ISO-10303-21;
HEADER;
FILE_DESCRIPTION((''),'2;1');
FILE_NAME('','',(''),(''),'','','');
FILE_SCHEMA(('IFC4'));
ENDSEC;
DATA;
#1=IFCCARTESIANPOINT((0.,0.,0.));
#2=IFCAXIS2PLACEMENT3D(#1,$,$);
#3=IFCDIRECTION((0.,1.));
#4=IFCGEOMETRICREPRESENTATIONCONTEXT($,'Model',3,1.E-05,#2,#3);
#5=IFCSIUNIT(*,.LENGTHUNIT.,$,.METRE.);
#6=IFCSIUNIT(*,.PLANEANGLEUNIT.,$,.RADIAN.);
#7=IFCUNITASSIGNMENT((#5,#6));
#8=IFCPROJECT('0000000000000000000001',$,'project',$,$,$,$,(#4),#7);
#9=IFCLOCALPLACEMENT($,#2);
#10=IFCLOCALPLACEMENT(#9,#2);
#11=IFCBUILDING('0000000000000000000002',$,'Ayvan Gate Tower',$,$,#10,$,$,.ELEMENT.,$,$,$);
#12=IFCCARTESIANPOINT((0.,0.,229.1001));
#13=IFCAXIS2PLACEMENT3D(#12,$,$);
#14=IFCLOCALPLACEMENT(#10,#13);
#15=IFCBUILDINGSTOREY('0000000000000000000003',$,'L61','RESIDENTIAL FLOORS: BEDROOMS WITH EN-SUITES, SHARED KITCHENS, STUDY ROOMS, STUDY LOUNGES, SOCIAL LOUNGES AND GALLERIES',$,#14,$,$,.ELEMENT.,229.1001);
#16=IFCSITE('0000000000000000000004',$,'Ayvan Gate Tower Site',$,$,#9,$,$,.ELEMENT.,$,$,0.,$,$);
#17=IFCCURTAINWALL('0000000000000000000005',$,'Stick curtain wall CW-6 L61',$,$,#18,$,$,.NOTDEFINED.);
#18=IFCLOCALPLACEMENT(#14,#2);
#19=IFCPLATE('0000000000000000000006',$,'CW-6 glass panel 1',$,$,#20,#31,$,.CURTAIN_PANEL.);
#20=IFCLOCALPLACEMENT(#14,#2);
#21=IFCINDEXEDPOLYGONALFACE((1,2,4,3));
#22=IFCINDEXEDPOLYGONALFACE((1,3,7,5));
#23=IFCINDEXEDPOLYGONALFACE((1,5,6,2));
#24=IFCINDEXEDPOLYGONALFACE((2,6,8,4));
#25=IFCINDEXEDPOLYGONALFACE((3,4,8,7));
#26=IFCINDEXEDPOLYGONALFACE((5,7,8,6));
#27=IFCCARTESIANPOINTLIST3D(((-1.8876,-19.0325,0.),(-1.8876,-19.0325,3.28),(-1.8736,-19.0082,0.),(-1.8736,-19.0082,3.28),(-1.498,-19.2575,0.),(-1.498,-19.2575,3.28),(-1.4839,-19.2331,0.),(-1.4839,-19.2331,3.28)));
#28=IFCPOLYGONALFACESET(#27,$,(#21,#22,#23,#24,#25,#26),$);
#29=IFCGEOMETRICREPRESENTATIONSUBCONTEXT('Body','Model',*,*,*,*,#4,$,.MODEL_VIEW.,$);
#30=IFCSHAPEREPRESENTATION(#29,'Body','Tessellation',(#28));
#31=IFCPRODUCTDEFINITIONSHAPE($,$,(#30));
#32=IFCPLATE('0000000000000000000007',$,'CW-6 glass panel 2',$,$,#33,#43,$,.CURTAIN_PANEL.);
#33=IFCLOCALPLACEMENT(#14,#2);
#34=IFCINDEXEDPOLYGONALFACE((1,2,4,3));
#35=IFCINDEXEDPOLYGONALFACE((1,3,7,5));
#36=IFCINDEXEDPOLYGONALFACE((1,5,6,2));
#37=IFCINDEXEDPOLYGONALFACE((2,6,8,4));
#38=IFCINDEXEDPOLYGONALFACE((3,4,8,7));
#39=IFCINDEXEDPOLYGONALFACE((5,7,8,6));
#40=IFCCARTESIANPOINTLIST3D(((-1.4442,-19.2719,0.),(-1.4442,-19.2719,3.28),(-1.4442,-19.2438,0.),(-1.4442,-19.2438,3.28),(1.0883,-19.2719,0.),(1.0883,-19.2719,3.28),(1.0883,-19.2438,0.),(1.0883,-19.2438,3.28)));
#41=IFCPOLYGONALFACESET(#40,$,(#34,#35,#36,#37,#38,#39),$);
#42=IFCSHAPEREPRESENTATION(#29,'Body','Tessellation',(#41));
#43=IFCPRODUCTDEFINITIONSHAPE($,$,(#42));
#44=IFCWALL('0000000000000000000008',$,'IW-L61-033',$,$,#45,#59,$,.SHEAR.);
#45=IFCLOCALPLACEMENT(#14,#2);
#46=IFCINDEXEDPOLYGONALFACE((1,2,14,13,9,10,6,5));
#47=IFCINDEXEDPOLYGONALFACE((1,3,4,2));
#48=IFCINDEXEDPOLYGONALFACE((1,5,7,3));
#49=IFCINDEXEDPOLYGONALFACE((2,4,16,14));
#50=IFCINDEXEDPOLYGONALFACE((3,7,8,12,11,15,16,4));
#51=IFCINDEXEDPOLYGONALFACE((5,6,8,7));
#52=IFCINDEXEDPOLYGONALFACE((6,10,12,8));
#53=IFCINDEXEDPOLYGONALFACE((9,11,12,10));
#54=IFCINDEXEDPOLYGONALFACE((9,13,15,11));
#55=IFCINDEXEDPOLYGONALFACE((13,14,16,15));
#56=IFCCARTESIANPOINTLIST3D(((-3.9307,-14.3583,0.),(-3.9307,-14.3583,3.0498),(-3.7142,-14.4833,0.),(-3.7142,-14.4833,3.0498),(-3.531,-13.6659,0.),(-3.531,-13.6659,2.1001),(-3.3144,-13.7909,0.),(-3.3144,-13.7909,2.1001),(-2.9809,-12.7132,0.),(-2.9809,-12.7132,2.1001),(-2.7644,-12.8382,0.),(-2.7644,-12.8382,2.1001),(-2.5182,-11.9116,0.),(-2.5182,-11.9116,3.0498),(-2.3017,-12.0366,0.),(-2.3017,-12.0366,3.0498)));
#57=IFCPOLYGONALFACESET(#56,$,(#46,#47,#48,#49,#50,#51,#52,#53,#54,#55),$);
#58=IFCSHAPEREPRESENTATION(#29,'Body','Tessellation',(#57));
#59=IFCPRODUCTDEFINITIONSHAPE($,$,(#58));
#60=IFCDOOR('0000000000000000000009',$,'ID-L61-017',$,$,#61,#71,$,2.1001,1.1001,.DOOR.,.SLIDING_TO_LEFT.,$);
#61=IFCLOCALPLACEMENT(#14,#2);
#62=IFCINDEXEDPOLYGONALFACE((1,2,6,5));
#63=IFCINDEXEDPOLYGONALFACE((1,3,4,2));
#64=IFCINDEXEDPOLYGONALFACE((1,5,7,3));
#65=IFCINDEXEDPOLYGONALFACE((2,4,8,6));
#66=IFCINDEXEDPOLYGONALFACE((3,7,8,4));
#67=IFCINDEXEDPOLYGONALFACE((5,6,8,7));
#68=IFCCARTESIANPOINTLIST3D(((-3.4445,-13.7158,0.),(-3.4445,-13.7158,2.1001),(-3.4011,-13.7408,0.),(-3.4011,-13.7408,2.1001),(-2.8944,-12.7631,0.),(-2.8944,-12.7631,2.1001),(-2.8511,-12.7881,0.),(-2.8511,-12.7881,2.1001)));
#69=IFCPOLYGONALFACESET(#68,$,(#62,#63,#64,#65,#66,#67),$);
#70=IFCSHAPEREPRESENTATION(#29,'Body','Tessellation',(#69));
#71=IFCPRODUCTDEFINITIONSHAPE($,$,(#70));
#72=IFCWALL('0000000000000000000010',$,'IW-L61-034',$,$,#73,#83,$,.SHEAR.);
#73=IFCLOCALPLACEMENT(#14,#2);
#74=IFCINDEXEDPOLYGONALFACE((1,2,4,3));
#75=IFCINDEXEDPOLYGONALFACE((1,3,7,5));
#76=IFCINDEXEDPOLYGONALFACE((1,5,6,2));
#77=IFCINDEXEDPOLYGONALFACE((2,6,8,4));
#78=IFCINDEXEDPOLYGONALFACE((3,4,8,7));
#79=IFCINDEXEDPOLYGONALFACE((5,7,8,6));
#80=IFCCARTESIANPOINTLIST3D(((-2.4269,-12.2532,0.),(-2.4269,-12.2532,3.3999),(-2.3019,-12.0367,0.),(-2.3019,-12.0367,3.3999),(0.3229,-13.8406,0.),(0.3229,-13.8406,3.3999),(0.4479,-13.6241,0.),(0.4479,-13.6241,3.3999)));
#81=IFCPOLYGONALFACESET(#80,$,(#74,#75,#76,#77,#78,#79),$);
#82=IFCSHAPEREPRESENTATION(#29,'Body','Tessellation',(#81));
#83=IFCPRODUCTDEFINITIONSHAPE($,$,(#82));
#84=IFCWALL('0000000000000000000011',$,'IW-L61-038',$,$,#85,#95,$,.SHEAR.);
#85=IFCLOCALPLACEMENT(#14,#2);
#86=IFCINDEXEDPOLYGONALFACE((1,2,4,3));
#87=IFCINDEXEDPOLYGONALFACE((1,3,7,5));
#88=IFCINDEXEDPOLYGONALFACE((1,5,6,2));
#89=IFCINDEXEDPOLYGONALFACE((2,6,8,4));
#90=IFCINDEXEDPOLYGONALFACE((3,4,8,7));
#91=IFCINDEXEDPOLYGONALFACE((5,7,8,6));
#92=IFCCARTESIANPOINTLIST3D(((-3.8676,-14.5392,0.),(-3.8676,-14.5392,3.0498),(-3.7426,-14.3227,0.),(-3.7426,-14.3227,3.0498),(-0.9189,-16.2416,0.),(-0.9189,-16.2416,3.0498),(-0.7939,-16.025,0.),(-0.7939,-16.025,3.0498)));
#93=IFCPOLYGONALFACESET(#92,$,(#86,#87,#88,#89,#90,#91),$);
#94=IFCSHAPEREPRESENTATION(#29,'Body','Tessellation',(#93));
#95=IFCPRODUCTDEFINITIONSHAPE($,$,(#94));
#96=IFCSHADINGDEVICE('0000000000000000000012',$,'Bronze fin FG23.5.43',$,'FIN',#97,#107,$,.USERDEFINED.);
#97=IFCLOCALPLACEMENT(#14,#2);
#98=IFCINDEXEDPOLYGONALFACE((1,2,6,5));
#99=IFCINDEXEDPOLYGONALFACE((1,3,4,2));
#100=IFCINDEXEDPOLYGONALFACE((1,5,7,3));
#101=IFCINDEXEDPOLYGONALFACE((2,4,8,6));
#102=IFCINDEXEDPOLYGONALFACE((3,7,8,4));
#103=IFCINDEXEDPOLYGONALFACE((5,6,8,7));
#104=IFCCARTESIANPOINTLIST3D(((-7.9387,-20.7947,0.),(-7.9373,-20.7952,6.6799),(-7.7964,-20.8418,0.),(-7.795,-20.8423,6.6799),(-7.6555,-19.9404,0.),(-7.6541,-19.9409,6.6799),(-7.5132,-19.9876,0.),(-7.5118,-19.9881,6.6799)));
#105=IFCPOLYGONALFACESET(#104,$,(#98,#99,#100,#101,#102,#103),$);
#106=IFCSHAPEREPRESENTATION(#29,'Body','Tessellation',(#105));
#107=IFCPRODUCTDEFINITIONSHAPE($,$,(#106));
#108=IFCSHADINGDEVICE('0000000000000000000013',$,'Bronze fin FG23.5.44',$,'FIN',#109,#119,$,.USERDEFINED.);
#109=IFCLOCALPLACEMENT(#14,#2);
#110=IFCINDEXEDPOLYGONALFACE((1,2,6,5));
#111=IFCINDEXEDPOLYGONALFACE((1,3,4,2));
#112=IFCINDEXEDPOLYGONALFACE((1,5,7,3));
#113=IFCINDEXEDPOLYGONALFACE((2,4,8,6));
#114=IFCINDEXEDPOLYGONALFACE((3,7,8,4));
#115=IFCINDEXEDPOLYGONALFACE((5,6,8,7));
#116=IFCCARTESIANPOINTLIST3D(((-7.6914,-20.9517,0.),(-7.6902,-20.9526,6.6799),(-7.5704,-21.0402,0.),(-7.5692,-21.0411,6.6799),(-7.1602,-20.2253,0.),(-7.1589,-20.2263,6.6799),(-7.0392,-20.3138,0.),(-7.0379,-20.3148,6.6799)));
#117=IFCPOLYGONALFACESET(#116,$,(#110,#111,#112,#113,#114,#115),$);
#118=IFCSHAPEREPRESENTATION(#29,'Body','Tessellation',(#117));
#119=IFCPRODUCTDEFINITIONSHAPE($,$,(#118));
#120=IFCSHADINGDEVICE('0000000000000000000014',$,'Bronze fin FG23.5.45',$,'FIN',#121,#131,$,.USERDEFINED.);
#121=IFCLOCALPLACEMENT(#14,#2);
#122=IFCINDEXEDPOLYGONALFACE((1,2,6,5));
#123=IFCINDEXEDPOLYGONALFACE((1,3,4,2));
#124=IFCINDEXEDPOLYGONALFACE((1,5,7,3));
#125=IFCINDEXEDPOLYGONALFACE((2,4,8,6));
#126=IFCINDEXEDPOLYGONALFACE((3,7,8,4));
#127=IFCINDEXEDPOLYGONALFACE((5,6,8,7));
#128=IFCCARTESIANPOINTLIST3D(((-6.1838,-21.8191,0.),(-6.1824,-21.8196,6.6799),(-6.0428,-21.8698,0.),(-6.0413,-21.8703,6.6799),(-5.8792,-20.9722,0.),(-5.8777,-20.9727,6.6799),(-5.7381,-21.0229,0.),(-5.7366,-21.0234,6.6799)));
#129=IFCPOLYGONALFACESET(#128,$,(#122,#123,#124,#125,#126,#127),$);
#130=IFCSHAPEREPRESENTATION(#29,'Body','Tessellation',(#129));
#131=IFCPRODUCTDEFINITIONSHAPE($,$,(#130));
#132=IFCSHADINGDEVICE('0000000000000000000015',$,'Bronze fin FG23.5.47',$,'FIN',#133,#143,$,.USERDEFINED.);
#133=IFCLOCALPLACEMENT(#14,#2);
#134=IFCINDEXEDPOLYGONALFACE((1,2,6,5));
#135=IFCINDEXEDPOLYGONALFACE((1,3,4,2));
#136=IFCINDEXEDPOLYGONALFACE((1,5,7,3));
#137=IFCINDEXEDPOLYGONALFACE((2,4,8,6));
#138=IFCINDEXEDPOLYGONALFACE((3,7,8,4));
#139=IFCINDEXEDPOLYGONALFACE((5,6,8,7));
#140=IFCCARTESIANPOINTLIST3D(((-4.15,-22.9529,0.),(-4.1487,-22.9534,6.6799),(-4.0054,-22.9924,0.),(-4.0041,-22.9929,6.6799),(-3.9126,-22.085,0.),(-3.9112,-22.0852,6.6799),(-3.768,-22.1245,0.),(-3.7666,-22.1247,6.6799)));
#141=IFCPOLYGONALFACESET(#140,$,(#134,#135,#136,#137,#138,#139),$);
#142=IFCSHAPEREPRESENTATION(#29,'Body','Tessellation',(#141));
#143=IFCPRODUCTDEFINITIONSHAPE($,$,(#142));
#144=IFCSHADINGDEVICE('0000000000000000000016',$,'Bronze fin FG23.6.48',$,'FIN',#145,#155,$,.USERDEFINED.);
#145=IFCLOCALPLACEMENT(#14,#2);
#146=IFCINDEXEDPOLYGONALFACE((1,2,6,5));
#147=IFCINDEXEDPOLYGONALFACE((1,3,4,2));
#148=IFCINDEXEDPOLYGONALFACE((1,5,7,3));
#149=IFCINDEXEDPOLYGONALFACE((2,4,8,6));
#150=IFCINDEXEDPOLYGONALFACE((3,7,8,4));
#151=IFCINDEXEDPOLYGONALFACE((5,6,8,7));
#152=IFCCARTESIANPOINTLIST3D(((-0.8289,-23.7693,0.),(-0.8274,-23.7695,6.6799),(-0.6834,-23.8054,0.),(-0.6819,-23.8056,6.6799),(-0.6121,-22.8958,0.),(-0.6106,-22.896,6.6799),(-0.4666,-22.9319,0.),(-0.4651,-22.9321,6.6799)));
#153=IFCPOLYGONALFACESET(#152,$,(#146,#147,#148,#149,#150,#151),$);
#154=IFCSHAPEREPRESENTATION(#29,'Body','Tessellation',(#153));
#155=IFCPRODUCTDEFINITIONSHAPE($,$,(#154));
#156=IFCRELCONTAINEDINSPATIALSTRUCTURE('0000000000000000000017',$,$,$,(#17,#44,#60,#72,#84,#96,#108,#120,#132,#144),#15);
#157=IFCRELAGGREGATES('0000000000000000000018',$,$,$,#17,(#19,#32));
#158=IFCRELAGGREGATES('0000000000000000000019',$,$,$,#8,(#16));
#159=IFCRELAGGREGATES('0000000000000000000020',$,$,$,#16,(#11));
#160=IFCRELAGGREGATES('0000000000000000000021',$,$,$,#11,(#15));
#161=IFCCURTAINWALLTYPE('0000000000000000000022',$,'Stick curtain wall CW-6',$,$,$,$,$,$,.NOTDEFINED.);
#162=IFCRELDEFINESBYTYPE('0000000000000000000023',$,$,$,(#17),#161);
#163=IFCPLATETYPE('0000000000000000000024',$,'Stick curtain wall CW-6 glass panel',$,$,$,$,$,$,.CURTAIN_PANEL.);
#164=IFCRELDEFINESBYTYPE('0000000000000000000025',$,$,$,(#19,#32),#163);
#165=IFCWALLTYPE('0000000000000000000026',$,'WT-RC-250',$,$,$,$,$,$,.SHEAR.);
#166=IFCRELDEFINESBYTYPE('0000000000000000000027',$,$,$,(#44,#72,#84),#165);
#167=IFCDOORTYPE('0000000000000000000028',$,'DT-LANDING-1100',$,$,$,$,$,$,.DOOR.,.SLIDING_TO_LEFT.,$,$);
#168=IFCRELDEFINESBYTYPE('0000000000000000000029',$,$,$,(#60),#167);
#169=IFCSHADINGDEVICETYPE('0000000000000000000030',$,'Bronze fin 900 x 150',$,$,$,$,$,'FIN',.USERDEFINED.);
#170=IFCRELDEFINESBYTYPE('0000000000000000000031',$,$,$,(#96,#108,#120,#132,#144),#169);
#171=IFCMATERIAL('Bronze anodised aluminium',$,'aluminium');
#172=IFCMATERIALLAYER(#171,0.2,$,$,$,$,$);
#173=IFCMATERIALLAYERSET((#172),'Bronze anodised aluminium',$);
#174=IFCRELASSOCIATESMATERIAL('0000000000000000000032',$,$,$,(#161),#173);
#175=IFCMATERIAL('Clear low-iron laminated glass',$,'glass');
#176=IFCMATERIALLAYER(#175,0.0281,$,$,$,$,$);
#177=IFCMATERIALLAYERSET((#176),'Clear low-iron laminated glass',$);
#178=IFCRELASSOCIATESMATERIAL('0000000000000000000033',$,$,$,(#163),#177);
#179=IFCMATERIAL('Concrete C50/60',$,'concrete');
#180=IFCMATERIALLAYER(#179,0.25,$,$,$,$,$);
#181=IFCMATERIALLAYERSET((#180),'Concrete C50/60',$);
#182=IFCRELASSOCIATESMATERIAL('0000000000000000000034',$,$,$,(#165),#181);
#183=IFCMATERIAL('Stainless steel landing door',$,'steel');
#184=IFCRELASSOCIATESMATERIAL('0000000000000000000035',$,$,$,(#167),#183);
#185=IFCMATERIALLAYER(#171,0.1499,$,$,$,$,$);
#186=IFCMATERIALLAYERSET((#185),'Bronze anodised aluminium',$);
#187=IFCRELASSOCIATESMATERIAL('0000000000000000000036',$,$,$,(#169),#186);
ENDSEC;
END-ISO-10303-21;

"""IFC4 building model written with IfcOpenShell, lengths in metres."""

from ifc_helpers import new_model, si_unit, direction, frame, frame_2d, origin, origin_2d, place, context, subcontext, project, spatial, polyline, rectangle, outline, extrude, material, layer, layer_set, type_object, element, fill, aggregate, save


model = new_model("IFC4")

# Units and contexts
model_context = context("Model", 3, precision=1e-05, world=origin(), true_north=direction((0.0, 1.0)))
body_context = subcontext(model_context, "Body", "Model", "MODEL_VIEW")
ifc_project = project(units=[si_unit("LENGTHUNIT", "METRE"), si_unit("PLANEANGLEUNIT", "RADIAN")], contexts=[model_context])

# Site, building, storey
site_placement = place(None, origin())
site = spatial("IfcSite", under=ifc_project, at=site_placement, Name="Ayvan Gate Tower Site", CompositionType="ELEMENT", RefElevation=0.0)
building_placement = place(site_placement, origin())
building = spatial("IfcBuilding", under=site, at=building_placement, Name="Ayvan Gate Tower", CompositionType="ELEMENT")
storey_placement = place(building_placement, frame((0.0, 0.0, 229.1001)))
storey = spatial("IfcBuildingStorey", under=building, at=storey_placement, Name="L61", Description="RESIDENTIAL FLOORS: BEDROOMS WITH EN-SUITES, SHARED KITCHENS, STUDY ROOMS, STUDY LOUNGES, SOCIAL LOUNGES AND GALLERIES", CompositionType="ELEMENT", Elevation=229.1001)

# Shared definitions
ifc_material_1 = material(Name="Concrete C50/60", Category="concrete")

# Curtain wall
ifc_material_2 = material(Name="Bronze anodised aluminium", Category="aluminium")
ifc_layer_1 = layer(ifc_material_2, 0.2)
ifc_layer_set_1 = layer_set([ifc_layer_1], Name="Bronze anodised aluminium")
curtain_wall_type_1 = type_object("IfcCurtainWallType", Name="Stick curtain wall CW-6", PredefinedType="NOTDEFINED", material=ifc_layer_set_1)
curtain_wall_1_placement = place(storey_placement, origin())
curtain_wall_1 = element("IfcCurtainWall", 1, at=curtain_wall_1_placement, inside=storey, type_object=curtain_wall_type_1, Name="Stick curtain wall CW-6 L61", PredefinedType="NOTDEFINED")

# Plates
ifc_material_3 = material(Name="Clear low-iron laminated glass", Category="glass")
ifc_layer_2 = layer(ifc_material_3, 0.0281)
ifc_layer_set_2 = layer_set([ifc_layer_2], Name="Clear low-iron laminated glass")
plate_type_1 = type_object("IfcPlateType", Name="Stick curtain wall CW-6 glass panel", PredefinedType="CURTAIN_PANEL", material=ifc_layer_set_2)
plate_1_placement = place(storey_placement, frame((-1.6858, -19.1328, 0.0), z_axis=(0.0, 0.0, 1.0), x_axis=(0.866025, -0.5, 0.0)))
plate_1 = element("IfcPlate", 2, at=plate_1_placement, type_object=plate_type_1, Name="CW-6 glass panel 1", PredefinedType="CURTAIN_PANEL", context=body_context, shape_type="SweptSolid", body=[
    extrude(rectangle(XDim=0.45, YDim=0.0281, at=origin_2d()), origin(), (0.0, 0.0, 1.0), 3.28),
])
plate_2_placement = place(storey_placement, frame((-0.178, -19.2578, 0.0), z_axis=(0.0, 0.0, 1.0), x_axis=(1.0, 0.0, 0.0)))
plate_2 = element("IfcPlate", 3, at=plate_2_placement, type_object=plate_type_1, Name="CW-6 glass panel 2", PredefinedType="CURTAIN_PANEL", context=body_context, shape_type="SweptSolid", body=[
    extrude(rectangle(XDim=2.5325, YDim=0.0281, at=origin_2d()), origin(), (0.0, 0.0, 1.0), 3.28),
])
aggregate(curtain_wall_1, [plate_1, plate_2])

# Wall, opening, door
ifc_layer_3 = layer(ifc_material_1, 0.25)
ifc_layer_set_3 = layer_set([ifc_layer_3], Name="Concrete C50/60")
wall_type = type_object("IfcWallType", Name="WT-RC-250", PredefinedType="SHEAR", material=ifc_layer_set_3)
wall_1_placement = place(storey_placement, frame((-2.4099, -11.9741, 0.0), z_axis=(0.0, 0.0, 1.0), x_axis=(-0.499987, -0.866033, 0.0)))
wall_1 = element("IfcWall", 4, at=wall_1_placement, inside=storey, type_object=wall_type, Name="IW-L61-033", PredefinedType="SHEAR", context=body_context, shape_type="SweptSolid", body=[
    extrude(rectangle(XDim=2.8252, YDim=0.25, at=frame_2d((1.4126, 0.0))), origin(), (0.0, 0.0, 1.0), 3.0498),
])
opening_placement = place(wall_1_placement, frame((0.9255, 0.0, 0.0)))
opening = element("IfcOpeningElement", 5, at=opening_placement, cuts=wall_1, PredefinedType="OPENING", context=body_context, shape_type="SweptSolid", body=[
    extrude(rectangle(XDim=1.1001, YDim=2.1001, at=frame_2d((0.55, 1.05))), frame((0.0, 0.135, 0.0), z_axis=(0.0, -1.0, 0.0), x_axis=(1.0, 0.0, 0.0)), (0.0, 0.0, 1.0), 0.27),
])
ifc_material_4 = material(Name="Stainless steel landing door", Category="steel")
door_type = type_object("IfcDoorType", Name="DT-LANDING-1100", OperationType="SLIDING_TO_LEFT", PredefinedType="DOOR", material=ifc_material_4)
door_placement = place(opening_placement, origin())
door = element("IfcDoor", 6, at=door_placement, inside=storey, type_object=door_type, Name="ID-L61-017", OperationType="SLIDING_TO_LEFT", OverallHeight=2.1001, OverallWidth=1.1001, PredefinedType="DOOR", context=body_context, shape_type="SweptSolid", body=[
    extrude(rectangle(XDim=1.1001, YDim=2.1001, at=frame_2d((0.55, 1.05))), frame((0.0, 0.0249, 0.0), z_axis=(0.0, -1.0, 0.0), x_axis=(1.0, 0.0, 0.0)), (0.0, 0.0, 1.0), 0.05),
])
fill(opening, door)

# Walls
wall_2_placement = place(storey_placement, frame((-2.3643, -12.145, 0.0), z_axis=(0.0, 0.0, 1.0), x_axis=(0.866049, -0.49996, 0.0)))
element("IfcWall", 7, at=wall_2_placement, inside=storey, type_object=wall_type, Name="IW-L61-034", PredefinedType="SHEAR", context=body_context, shape_type="SweptSolid", body=[
    extrude(rectangle(XDim=3.175, YDim=0.25, at=frame_2d((1.5874, 0.0))), origin(), (0.0, 0.0, 1.0), 3.3999),
])
wall_3_placement = place(storey_placement, frame((-0.8564, -16.1333, 0.0), z_axis=(0.0, 0.0, 1.0), x_axis=(-0.866033, 0.499987, 0.0)))
element("IfcWall", 8, at=wall_3_placement, inside=storey, type_object=wall_type, Name="IW-L61-038", PredefinedType="SHEAR", context=body_context, shape_type="SweptSolid", body=[
    extrude(rectangle(XDim=3.4048, YDim=0.25, at=frame_2d((1.7024, 0.0))), origin(), (0.0, 0.0, 1.0), 3.0498),
])

# Shading devices
ifc_layer_4 = layer(ifc_material_2, 0.1499)
ifc_layer_set_4 = layer_set([ifc_layer_4], Name="Bronze anodised aluminium")
shading_device_type = type_object("IfcShadingDeviceType", Name="Bronze fin 900 x 150", ElementType="FIN", PredefinedType="USERDEFINED", material=ifc_layer_set_4)
shading_device_1_placement = place(storey_placement, frame((-7.6555, -19.9404, 0.0), z_axis=(-0.949197, 0.314681, 0.000231), x_axis=(-0.314681, -0.949197, 0.0)))
element("IfcShadingDevice", 9, at=shading_device_1_placement, inside=storey, type_object=shading_device_type, Name="Bronze fin FG23.5.43", ObjectType="FIN", PredefinedType="USERDEFINED", context=body_context, shape_type="SweptSolid", body=[
    extrude(outline(polyline([(0.0, 0.0), (0.9, 0.0), (0.9, 6.6799), (0.0, 6.6799), (0.0, 0.0)])), origin(), (0.0, 0.0, -1.0), 0.1499),
])
shading_device_2_placement = place(storey_placement, frame((-7.1602, -20.2253, 0.0), z_axis=(-0.807138, 0.590363, 0.000234), x_axis=(-0.590363, -0.807138, 0.0)))
element("IfcShadingDevice", 10, at=shading_device_2_placement, inside=storey, type_object=shading_device_type, Name="Bronze fin FG23.5.44", ObjectType="FIN", PredefinedType="USERDEFINED", context=body_context, shape_type="SweptSolid", body=[
    extrude(outline(polyline([(0.0, 0.0), (0.8999, 0.0), (0.8999, 6.6799), (0.0001, 6.6799), (0.0, 0.0)])), origin(), (0.0, 0.0, -1.0), 0.1499),
])
shading_device_3_placement = place(storey_placement, frame((-5.8792, -20.9722, 0.0), z_axis=(-0.94096, 0.338518, 0.000231), x_axis=(-0.338518, -0.94096, 0.0)))
element("IfcShadingDevice", 11, at=shading_device_3_placement, inside=storey, type_object=shading_device_type, Name="Bronze fin FG23.5.45", ObjectType="FIN", PredefinedType="USERDEFINED", context=body_context, shape_type="SweptSolid", body=[
    extrude(outline(polyline([(0.0, 0.0), (0.9001, 0.0), (0.9, 6.6799), (0.0, 6.6799), (0.0, 0.0)])), origin(), (0.0, 0.0, -1.0), 0.1499),
])
shading_device_4_placement = place(storey_placement, frame((-3.9126, -22.085, 0.0), z_axis=(-0.964569, 0.263829, 0.000208), x_axis=(-0.263829, -0.964569, 0.0)))
element("IfcShadingDevice", 12, at=shading_device_4_placement, inside=storey, type_object=shading_device_type, Name="Bronze fin FG23.5.47", ObjectType="FIN", PredefinedType="USERDEFINED", context=body_context, shape_type="SweptSolid", body=[
    extrude(outline(polyline([(0.0, 0.0), (0.8998, 0.0), (0.8999, 6.6799), (-0.0002, 6.6799), (0.0, 0.0)])), origin(), (0.0, 0.0, -1.0), 0.1499),
])
shading_device_5_placement = place(storey_placement, frame((-0.6121, -22.8958, 0.0), z_axis=(-0.970556, 0.240876, 0.000222), x_axis=(-0.240876, -0.970556, 0.0)))
element("IfcShadingDevice", 13, at=shading_device_5_placement, inside=storey, type_object=shading_device_type, Name="Bronze fin FG23.6.48", ObjectType="FIN", PredefinedType="USERDEFINED", context=body_context, shape_type="SweptSolid", body=[
    extrude(outline(polyline([(0.0, 0.0), (0.9, 0.0), (0.8999, 6.6799), (-0.0001, 6.6799), (0.0, 0.0)])), origin(), (0.0, 0.0, -1.0), 0.1499),
])

save(model, "model.ifc")
